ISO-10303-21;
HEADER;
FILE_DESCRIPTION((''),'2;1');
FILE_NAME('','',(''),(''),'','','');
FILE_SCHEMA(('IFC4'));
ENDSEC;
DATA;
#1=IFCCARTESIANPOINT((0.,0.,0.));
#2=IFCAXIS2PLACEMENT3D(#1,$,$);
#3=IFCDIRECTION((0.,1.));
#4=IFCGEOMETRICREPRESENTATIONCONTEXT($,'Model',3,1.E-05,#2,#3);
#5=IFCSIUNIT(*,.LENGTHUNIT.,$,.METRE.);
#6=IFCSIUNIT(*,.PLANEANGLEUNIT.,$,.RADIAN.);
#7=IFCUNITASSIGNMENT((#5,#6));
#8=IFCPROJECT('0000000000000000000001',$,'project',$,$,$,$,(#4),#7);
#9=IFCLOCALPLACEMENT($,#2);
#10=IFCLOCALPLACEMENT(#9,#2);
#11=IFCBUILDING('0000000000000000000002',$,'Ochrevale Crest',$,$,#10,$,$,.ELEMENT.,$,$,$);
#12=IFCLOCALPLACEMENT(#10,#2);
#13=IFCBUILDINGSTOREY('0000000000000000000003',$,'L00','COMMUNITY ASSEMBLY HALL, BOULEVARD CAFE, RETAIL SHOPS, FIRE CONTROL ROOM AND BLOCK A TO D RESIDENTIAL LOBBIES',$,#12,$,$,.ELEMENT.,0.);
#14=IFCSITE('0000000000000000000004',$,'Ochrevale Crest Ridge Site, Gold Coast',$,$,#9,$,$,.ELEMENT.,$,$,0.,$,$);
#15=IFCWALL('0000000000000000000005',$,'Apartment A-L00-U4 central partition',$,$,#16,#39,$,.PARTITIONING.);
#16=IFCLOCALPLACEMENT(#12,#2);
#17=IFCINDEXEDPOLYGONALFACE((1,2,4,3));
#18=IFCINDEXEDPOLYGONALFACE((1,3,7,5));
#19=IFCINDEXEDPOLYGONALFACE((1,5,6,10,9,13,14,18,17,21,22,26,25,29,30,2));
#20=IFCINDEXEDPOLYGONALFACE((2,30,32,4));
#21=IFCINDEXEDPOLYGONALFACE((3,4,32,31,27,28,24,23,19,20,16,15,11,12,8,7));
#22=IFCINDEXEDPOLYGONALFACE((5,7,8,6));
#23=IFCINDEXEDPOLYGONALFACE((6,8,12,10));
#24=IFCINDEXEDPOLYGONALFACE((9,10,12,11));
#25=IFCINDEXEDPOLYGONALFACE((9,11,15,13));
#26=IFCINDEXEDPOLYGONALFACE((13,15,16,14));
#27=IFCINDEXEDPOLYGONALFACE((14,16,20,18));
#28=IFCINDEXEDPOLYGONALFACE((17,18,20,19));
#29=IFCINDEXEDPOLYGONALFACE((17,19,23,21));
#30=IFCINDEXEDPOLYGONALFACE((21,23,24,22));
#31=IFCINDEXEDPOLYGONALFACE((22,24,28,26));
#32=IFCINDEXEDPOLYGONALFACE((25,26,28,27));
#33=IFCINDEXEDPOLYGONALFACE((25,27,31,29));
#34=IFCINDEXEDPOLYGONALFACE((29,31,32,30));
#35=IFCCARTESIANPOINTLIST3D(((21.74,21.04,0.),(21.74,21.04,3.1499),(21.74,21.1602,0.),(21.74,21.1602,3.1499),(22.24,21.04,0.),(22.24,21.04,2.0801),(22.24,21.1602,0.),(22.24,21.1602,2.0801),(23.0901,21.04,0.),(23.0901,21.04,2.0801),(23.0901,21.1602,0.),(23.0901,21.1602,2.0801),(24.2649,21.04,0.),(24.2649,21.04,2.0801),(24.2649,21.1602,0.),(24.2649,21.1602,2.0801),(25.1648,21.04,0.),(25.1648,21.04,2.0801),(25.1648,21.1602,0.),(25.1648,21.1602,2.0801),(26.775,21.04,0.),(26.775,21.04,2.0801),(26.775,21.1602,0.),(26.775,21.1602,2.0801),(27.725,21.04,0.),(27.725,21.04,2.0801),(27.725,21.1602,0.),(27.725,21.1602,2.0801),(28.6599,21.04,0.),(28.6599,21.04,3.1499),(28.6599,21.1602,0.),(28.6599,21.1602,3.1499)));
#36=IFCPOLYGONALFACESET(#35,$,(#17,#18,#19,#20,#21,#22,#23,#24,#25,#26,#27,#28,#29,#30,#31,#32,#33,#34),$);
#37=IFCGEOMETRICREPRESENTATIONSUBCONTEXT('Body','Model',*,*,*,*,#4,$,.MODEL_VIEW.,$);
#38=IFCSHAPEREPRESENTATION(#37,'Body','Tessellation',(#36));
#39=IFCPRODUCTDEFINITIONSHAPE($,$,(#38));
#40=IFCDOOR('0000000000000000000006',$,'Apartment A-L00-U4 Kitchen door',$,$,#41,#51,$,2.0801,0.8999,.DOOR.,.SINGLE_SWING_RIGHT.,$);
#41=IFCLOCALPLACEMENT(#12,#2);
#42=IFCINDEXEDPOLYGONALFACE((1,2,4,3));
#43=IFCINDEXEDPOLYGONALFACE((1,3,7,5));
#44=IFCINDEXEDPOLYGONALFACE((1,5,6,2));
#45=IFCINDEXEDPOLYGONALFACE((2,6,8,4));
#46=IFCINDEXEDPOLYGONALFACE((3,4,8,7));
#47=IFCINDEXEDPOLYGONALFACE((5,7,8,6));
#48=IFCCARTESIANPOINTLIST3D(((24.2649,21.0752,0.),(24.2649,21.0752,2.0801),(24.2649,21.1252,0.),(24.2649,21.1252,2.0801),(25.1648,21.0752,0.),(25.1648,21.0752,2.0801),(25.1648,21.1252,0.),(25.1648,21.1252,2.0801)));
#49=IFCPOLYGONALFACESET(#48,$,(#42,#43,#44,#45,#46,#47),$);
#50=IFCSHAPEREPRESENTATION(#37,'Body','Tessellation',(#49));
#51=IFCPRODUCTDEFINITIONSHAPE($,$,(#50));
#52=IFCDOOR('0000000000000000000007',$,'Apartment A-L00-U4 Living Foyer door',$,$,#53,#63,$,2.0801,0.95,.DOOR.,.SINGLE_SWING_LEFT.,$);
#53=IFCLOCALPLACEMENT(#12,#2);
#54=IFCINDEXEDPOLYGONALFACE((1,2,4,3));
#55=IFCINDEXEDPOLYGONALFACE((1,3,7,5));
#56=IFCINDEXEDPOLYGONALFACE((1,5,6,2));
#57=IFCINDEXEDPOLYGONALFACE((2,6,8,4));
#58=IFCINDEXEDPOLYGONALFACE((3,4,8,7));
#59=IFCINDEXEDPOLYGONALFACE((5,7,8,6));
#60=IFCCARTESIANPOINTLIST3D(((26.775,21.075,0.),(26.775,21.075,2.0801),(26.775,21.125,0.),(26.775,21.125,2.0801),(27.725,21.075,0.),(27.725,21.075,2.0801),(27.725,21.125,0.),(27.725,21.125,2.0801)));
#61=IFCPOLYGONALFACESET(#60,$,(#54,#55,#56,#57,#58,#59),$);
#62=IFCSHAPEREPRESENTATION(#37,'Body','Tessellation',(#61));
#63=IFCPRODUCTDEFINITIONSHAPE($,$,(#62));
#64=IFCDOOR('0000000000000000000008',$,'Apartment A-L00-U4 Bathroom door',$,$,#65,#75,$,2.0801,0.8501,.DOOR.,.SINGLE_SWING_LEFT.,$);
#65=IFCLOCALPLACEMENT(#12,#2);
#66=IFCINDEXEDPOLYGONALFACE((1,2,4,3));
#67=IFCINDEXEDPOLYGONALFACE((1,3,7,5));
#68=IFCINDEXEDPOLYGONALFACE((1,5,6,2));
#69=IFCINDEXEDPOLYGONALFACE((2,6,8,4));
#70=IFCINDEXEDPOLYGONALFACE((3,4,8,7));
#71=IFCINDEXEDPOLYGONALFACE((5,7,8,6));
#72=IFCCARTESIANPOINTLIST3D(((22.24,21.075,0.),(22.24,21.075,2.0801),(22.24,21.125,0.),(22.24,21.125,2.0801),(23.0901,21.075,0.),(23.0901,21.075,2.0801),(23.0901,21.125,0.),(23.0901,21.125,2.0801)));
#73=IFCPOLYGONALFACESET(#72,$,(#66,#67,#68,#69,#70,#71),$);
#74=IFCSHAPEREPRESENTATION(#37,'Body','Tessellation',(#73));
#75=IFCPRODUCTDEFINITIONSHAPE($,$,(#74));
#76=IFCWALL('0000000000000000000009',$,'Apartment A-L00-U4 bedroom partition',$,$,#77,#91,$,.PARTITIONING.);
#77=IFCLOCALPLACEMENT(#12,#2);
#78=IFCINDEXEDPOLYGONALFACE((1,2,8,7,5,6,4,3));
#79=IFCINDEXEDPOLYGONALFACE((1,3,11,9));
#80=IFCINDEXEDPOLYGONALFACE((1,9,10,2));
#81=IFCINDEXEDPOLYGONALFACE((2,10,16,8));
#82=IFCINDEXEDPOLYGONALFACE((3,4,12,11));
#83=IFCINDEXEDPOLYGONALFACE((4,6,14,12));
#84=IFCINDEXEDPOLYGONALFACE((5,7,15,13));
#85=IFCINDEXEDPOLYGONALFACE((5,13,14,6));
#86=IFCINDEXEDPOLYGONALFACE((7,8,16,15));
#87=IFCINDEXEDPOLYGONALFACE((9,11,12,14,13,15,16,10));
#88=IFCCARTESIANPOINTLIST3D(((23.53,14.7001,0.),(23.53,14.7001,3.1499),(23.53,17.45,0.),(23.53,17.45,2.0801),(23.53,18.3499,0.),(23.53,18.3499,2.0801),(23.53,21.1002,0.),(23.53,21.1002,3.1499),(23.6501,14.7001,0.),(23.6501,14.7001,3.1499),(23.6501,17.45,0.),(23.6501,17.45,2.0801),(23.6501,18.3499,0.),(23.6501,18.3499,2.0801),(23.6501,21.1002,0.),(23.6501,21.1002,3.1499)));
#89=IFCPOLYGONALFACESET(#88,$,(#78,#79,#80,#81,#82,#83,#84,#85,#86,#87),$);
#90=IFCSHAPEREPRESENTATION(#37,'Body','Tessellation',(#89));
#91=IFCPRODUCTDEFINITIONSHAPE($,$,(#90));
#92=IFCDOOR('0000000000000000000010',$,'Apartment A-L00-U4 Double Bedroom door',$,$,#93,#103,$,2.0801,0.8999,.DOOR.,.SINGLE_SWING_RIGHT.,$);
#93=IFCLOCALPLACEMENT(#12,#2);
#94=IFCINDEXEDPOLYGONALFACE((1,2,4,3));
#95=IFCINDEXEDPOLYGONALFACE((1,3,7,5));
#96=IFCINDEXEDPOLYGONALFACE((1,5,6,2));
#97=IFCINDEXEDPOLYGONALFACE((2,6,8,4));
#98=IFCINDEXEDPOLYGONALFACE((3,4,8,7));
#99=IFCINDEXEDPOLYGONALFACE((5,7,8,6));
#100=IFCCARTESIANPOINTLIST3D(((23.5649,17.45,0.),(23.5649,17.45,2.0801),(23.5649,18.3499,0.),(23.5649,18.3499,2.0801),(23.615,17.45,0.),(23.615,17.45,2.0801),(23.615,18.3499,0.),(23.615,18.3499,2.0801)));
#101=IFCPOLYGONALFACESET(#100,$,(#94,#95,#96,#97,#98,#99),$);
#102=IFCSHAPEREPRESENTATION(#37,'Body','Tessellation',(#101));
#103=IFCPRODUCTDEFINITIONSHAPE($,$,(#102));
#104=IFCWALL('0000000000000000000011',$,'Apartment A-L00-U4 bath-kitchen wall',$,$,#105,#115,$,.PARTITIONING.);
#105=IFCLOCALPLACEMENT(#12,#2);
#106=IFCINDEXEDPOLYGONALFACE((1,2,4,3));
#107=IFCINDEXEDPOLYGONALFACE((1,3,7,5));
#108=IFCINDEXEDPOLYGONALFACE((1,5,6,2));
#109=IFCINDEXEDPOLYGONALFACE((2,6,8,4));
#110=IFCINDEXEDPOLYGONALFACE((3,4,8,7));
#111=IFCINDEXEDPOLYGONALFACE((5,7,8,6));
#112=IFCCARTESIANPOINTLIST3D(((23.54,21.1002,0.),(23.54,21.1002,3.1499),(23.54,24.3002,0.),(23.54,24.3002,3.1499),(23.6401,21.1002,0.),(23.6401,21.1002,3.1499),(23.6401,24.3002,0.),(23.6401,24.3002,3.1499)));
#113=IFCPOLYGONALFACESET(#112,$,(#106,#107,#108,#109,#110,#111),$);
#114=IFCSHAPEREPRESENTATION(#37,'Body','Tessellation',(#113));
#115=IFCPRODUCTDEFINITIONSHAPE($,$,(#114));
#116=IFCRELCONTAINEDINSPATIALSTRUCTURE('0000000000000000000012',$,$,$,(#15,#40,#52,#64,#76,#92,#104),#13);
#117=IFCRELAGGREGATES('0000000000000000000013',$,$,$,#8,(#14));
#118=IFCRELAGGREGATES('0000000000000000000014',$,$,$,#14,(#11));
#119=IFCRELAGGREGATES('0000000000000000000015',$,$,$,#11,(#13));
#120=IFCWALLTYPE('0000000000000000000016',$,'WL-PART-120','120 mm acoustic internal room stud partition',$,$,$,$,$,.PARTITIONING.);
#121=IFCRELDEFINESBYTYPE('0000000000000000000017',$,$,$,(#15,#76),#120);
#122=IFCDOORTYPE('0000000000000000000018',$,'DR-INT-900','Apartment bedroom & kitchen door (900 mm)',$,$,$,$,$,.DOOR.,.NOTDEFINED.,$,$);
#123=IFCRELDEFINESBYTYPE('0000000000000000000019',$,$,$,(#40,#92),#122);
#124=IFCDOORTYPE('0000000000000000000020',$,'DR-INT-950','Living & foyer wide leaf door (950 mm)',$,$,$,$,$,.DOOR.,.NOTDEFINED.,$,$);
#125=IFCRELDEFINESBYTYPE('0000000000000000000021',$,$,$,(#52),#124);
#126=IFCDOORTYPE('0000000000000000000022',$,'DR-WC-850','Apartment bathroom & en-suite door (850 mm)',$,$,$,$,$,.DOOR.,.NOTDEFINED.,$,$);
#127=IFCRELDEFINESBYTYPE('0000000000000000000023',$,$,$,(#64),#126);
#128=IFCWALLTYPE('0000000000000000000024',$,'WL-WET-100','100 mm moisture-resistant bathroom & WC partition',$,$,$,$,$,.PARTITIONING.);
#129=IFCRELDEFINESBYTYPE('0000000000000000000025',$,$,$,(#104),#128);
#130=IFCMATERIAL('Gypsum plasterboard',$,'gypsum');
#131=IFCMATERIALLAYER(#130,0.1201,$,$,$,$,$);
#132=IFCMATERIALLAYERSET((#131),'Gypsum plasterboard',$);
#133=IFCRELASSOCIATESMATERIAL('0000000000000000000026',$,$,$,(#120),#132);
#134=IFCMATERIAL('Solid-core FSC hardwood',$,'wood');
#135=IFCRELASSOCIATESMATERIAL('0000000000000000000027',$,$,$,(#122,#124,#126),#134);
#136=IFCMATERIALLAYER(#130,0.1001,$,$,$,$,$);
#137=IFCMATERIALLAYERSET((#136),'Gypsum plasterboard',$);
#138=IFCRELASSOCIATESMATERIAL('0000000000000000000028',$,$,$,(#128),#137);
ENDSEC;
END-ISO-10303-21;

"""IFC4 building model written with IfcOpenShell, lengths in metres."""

from ifc_helpers import new_model, si_unit, direction, frame, frame_2d, origin, place, context, subcontext, project, spatial, rectangle, extrude, material, layer, layer_set, type_object, element, fill, save


model = new_model("IFC4")

# Units and contexts
model_context = context("Model", 3, precision=1e-05, world=origin(), true_north=direction((0.0, 1.0)))
body_context = subcontext(model_context, "Body", "Model", "MODEL_VIEW")
ifc_project = project(units=[si_unit("LENGTHUNIT", "METRE"), si_unit("PLANEANGLEUNIT", "RADIAN")], contexts=[model_context])

# Site, building, storey
site_placement = place(None, origin())
site = spatial("IfcSite", under=ifc_project, at=site_placement, Name="Ochrevale Crest Ridge Site, Gold Coast", CompositionType="ELEMENT", RefElevation=0.0)
building_placement = place(site_placement, origin())
building = spatial("IfcBuilding", under=site, at=building_placement, Name="Ochrevale Crest", CompositionType="ELEMENT")
storey_placement = place(building_placement, origin())
storey = spatial("IfcBuildingStorey", under=building, at=storey_placement, Name="L00", Description="COMMUNITY ASSEMBLY HALL, BOULEVARD CAFE, RETAIL SHOPS, FIRE CONTROL ROOM AND BLOCK A TO D RESIDENTIAL LOBBIES", CompositionType="ELEMENT", Elevation=0.0)

# Shared definitions
ifc_material_1 = material(Name="Gypsum plasterboard", Category="gypsum")
ifc_material_2 = material(Name="Solid-core FSC hardwood", Category="wood")

# Shared definitions
ifc_layer_1 = layer(ifc_material_1, 0.1201)
ifc_layer_set_1 = layer_set([ifc_layer_1], Name="Gypsum plasterboard")
wall_type_1 = type_object("IfcWallType", Name="WL-PART-120", Description="120 mm acoustic internal room stud partition", PredefinedType="PARTITIONING", material=ifc_layer_set_1)

# Wall, openings, doors
wall_1_placement = place(storey_placement, frame((21.74, 21.1001, 0.0), z_axis=(0.0, 0.0, 1.0), x_axis=(1.0, 0.0, 0.0)))
wall_1 = element("IfcWall", 1, at=wall_1_placement, inside=storey, type_object=wall_type_1, Name="Apartment A-L00-U4 central partition", PredefinedType="PARTITIONING", context=body_context, shape_type="SweptSolid", body=[
    extrude(rectangle(XDim=6.9199, YDim=0.1201, at=frame_2d((3.46, 0.0))), origin(), (0.0, 0.0, 1.0), 3.1499),
])
opening_1_placement = place(wall_1_placement, frame((0.5, 0.0, 0.0)))
opening_1 = element("IfcOpeningElement", 2, at=opening_1_placement, cuts=wall_1, PredefinedType="OPENING", context=body_context, shape_type="SweptSolid", body=[
    extrude(rectangle(XDim=0.8501, YDim=2.0801, at=frame_2d((0.425, 1.04))), frame((0.0, 0.0701, 0.0), z_axis=(0.0, -1.0, 0.0), x_axis=(1.0, 0.0, 0.0)), (0.0, 0.0, 1.0), 0.1401),
])
opening_2_placement = place(wall_1_placement, frame((3.4248, 0.0, 0.0), z_axis=(0.0, 0.0, 1.0), x_axis=(-1.0, 0.0, 0.0)))
opening_2 = element("IfcOpeningElement", 3, at=opening_2_placement, cuts=wall_1, PredefinedType="OPENING", context=body_context, shape_type="SweptSolid", body=[
    extrude(rectangle(XDim=0.8999, YDim=2.0801, at=frame_2d((0.45, 1.04))), frame((0.0, 0.0701, 0.0), z_axis=(0.0, -1.0, 0.0), x_axis=(1.0, 0.0, 0.0)), (0.0, 0.0, 1.0), 0.1401),
])
opening_3_placement = place(wall_1_placement, frame((5.0349, 0.0, 0.0)))
opening_3 = element("IfcOpeningElement", 4, at=opening_3_placement, cuts=wall_1, PredefinedType="OPENING", context=body_context, shape_type="SweptSolid", body=[
    extrude(rectangle(XDim=0.95, YDim=2.0801, at=frame_2d((0.4751, 1.04))), frame((0.0, 0.0701, 0.0), z_axis=(0.0, -1.0, 0.0), x_axis=(1.0, 0.0, 0.0)), (0.0, 0.0, 1.0), 0.1401),
])
door_type_1 = type_object("IfcDoorType", Name="DR-INT-900", Description="Apartment bedroom & kitchen door (900 mm)", OperationType="NOTDEFINED", PredefinedType="DOOR", material=ifc_material_2)
door_1_placement = place(opening_2_placement, origin())
door_1 = element("IfcDoor", 5, at=door_1_placement, inside=storey, type_object=door_type_1, Name="Apartment A-L00-U4 Kitchen door", OperationType="SINGLE_SWING_RIGHT", OverallHeight=2.0801, OverallWidth=0.8999, PredefinedType="DOOR", context=body_context, shape_type="SweptSolid", body=[
    extrude(rectangle(XDim=0.8999, YDim=2.0801, at=frame_2d((0.45, 1.04))), frame((0.0, 0.0249, 0.0), z_axis=(0.0, -1.0, 0.0), x_axis=(1.0, 0.0, 0.0)), (0.0, 0.0, 1.0), 0.05),
])
fill(opening_2, door_1)
door_type_2 = type_object("IfcDoorType", Name="DR-INT-950", Description="Living & foyer wide leaf door (950 mm)", OperationType="NOTDEFINED", PredefinedType="DOOR", material=ifc_material_2)
door_2_placement = place(opening_3_placement, origin())
door_2 = element("IfcDoor", 6, at=door_2_placement, inside=storey, type_object=door_type_2, Name="Apartment A-L00-U4 Living Foyer door", OperationType="SINGLE_SWING_LEFT", OverallHeight=2.0801, OverallWidth=0.95, PredefinedType="DOOR", context=body_context, shape_type="SweptSolid", body=[
    extrude(rectangle(XDim=0.95, YDim=2.0801, at=frame_2d((0.4751, 1.04))), frame((0.0, 0.0249, 0.0), z_axis=(0.0, -1.0, 0.0), x_axis=(1.0, 0.0, 0.0)), (0.0, 0.0, 1.0), 0.05),
])
fill(opening_3, door_2)
door_type_3 = type_object("IfcDoorType", Name="DR-WC-850", Description="Apartment bathroom & en-suite door (850 mm)", OperationType="NOTDEFINED", PredefinedType="DOOR", material=ifc_material_2)
door_3_placement = place(opening_1_placement, origin())
door_3 = element("IfcDoor", 7, at=door_3_placement, inside=storey, type_object=door_type_3, Name="Apartment A-L00-U4 Bathroom door", OperationType="SINGLE_SWING_LEFT", OverallHeight=2.0801, OverallWidth=0.8501, PredefinedType="DOOR", context=body_context, shape_type="SweptSolid", body=[
    extrude(rectangle(XDim=0.8501, YDim=2.0801, at=frame_2d((0.425, 1.04))), frame((0.0, 0.0249, 0.0), z_axis=(0.0, -1.0, 0.0), x_axis=(1.0, 0.0, 0.0)), (0.0, 0.0, 1.0), 0.05),
])
fill(opening_1, door_3)

# Wall, opening, door
wall_2_placement = place(storey_placement, frame((23.5901, 14.7, 0.0), z_axis=(0.0, 0.0, 1.0), x_axis=(0.0, 1.0, 0.0)))
wall_2 = element("IfcWall", 8, at=wall_2_placement, inside=storey, type_object=wall_type_1, Name="Apartment A-L00-U4 bedroom partition", PredefinedType="PARTITIONING", context=body_context, shape_type="SweptSolid", body=[
    extrude(rectangle(XDim=6.4001, YDim=0.1201, at=frame_2d((3.2002, 0.0))), origin(), (0.0, 0.0, 1.0), 3.1499),
])
opening_4_placement = place(wall_2_placement, frame((3.6499, 0.0, 0.0), z_axis=(0.0, 0.0, 1.0), x_axis=(-1.0, 0.0, 0.0)))
opening_4 = element("IfcOpeningElement", 9, at=opening_4_placement, cuts=wall_2, PredefinedType="OPENING", context=body_context, shape_type="SweptSolid", body=[
    extrude(rectangle(XDim=0.8999, YDim=2.0801, at=frame_2d((0.45, 1.04))), frame((0.0, 0.0701, 0.0), z_axis=(0.0, -1.0, 0.0), x_axis=(1.0, 0.0, 0.0)), (0.0, 0.0, 1.0), 0.1401),
])
door_4_placement = place(opening_4_placement, origin())
door_4 = element("IfcDoor", 10, at=door_4_placement, inside=storey, type_object=door_type_1, Name="Apartment A-L00-U4 Double Bedroom door", OperationType="SINGLE_SWING_RIGHT", OverallHeight=2.0801, OverallWidth=0.8999, PredefinedType="DOOR", context=body_context, shape_type="SweptSolid", body=[
    extrude(rectangle(XDim=0.8999, YDim=2.0801, at=frame_2d((0.45, 1.04))), frame((0.0, 0.0249, 0.0), z_axis=(0.0, -1.0, 0.0), x_axis=(1.0, 0.0, 0.0)), (0.0, 0.0, 1.0), 0.05),
])
fill(opening_4, door_4)

# Wall
ifc_layer_2 = layer(ifc_material_1, 0.1001)
ifc_layer_set_2 = layer_set([ifc_layer_2], Name="Gypsum plasterboard")
wall_type_2 = type_object("IfcWallType", Name="WL-WET-100", Description="100 mm moisture-resistant bathroom & WC partition", PredefinedType="PARTITIONING", material=ifc_layer_set_2)
wall_3_placement = place(storey_placement, frame((23.5901, 21.1001, 0.0), z_axis=(0.0, 0.0, 1.0), x_axis=(0.0, 1.0, 0.0)))
element("IfcWall", 11, at=wall_3_placement, inside=storey, type_object=wall_type_2, Name="Apartment A-L00-U4 bath-kitchen wall", PredefinedType="PARTITIONING", context=body_context, shape_type="SweptSolid", body=[
    extrude(rectangle(XDim=3.2, YDim=0.1001, at=frame_2d((1.6001, 0.0))), origin(), (0.0, 0.0, 1.0), 3.1499),
])

save(model, "model.ifc")
